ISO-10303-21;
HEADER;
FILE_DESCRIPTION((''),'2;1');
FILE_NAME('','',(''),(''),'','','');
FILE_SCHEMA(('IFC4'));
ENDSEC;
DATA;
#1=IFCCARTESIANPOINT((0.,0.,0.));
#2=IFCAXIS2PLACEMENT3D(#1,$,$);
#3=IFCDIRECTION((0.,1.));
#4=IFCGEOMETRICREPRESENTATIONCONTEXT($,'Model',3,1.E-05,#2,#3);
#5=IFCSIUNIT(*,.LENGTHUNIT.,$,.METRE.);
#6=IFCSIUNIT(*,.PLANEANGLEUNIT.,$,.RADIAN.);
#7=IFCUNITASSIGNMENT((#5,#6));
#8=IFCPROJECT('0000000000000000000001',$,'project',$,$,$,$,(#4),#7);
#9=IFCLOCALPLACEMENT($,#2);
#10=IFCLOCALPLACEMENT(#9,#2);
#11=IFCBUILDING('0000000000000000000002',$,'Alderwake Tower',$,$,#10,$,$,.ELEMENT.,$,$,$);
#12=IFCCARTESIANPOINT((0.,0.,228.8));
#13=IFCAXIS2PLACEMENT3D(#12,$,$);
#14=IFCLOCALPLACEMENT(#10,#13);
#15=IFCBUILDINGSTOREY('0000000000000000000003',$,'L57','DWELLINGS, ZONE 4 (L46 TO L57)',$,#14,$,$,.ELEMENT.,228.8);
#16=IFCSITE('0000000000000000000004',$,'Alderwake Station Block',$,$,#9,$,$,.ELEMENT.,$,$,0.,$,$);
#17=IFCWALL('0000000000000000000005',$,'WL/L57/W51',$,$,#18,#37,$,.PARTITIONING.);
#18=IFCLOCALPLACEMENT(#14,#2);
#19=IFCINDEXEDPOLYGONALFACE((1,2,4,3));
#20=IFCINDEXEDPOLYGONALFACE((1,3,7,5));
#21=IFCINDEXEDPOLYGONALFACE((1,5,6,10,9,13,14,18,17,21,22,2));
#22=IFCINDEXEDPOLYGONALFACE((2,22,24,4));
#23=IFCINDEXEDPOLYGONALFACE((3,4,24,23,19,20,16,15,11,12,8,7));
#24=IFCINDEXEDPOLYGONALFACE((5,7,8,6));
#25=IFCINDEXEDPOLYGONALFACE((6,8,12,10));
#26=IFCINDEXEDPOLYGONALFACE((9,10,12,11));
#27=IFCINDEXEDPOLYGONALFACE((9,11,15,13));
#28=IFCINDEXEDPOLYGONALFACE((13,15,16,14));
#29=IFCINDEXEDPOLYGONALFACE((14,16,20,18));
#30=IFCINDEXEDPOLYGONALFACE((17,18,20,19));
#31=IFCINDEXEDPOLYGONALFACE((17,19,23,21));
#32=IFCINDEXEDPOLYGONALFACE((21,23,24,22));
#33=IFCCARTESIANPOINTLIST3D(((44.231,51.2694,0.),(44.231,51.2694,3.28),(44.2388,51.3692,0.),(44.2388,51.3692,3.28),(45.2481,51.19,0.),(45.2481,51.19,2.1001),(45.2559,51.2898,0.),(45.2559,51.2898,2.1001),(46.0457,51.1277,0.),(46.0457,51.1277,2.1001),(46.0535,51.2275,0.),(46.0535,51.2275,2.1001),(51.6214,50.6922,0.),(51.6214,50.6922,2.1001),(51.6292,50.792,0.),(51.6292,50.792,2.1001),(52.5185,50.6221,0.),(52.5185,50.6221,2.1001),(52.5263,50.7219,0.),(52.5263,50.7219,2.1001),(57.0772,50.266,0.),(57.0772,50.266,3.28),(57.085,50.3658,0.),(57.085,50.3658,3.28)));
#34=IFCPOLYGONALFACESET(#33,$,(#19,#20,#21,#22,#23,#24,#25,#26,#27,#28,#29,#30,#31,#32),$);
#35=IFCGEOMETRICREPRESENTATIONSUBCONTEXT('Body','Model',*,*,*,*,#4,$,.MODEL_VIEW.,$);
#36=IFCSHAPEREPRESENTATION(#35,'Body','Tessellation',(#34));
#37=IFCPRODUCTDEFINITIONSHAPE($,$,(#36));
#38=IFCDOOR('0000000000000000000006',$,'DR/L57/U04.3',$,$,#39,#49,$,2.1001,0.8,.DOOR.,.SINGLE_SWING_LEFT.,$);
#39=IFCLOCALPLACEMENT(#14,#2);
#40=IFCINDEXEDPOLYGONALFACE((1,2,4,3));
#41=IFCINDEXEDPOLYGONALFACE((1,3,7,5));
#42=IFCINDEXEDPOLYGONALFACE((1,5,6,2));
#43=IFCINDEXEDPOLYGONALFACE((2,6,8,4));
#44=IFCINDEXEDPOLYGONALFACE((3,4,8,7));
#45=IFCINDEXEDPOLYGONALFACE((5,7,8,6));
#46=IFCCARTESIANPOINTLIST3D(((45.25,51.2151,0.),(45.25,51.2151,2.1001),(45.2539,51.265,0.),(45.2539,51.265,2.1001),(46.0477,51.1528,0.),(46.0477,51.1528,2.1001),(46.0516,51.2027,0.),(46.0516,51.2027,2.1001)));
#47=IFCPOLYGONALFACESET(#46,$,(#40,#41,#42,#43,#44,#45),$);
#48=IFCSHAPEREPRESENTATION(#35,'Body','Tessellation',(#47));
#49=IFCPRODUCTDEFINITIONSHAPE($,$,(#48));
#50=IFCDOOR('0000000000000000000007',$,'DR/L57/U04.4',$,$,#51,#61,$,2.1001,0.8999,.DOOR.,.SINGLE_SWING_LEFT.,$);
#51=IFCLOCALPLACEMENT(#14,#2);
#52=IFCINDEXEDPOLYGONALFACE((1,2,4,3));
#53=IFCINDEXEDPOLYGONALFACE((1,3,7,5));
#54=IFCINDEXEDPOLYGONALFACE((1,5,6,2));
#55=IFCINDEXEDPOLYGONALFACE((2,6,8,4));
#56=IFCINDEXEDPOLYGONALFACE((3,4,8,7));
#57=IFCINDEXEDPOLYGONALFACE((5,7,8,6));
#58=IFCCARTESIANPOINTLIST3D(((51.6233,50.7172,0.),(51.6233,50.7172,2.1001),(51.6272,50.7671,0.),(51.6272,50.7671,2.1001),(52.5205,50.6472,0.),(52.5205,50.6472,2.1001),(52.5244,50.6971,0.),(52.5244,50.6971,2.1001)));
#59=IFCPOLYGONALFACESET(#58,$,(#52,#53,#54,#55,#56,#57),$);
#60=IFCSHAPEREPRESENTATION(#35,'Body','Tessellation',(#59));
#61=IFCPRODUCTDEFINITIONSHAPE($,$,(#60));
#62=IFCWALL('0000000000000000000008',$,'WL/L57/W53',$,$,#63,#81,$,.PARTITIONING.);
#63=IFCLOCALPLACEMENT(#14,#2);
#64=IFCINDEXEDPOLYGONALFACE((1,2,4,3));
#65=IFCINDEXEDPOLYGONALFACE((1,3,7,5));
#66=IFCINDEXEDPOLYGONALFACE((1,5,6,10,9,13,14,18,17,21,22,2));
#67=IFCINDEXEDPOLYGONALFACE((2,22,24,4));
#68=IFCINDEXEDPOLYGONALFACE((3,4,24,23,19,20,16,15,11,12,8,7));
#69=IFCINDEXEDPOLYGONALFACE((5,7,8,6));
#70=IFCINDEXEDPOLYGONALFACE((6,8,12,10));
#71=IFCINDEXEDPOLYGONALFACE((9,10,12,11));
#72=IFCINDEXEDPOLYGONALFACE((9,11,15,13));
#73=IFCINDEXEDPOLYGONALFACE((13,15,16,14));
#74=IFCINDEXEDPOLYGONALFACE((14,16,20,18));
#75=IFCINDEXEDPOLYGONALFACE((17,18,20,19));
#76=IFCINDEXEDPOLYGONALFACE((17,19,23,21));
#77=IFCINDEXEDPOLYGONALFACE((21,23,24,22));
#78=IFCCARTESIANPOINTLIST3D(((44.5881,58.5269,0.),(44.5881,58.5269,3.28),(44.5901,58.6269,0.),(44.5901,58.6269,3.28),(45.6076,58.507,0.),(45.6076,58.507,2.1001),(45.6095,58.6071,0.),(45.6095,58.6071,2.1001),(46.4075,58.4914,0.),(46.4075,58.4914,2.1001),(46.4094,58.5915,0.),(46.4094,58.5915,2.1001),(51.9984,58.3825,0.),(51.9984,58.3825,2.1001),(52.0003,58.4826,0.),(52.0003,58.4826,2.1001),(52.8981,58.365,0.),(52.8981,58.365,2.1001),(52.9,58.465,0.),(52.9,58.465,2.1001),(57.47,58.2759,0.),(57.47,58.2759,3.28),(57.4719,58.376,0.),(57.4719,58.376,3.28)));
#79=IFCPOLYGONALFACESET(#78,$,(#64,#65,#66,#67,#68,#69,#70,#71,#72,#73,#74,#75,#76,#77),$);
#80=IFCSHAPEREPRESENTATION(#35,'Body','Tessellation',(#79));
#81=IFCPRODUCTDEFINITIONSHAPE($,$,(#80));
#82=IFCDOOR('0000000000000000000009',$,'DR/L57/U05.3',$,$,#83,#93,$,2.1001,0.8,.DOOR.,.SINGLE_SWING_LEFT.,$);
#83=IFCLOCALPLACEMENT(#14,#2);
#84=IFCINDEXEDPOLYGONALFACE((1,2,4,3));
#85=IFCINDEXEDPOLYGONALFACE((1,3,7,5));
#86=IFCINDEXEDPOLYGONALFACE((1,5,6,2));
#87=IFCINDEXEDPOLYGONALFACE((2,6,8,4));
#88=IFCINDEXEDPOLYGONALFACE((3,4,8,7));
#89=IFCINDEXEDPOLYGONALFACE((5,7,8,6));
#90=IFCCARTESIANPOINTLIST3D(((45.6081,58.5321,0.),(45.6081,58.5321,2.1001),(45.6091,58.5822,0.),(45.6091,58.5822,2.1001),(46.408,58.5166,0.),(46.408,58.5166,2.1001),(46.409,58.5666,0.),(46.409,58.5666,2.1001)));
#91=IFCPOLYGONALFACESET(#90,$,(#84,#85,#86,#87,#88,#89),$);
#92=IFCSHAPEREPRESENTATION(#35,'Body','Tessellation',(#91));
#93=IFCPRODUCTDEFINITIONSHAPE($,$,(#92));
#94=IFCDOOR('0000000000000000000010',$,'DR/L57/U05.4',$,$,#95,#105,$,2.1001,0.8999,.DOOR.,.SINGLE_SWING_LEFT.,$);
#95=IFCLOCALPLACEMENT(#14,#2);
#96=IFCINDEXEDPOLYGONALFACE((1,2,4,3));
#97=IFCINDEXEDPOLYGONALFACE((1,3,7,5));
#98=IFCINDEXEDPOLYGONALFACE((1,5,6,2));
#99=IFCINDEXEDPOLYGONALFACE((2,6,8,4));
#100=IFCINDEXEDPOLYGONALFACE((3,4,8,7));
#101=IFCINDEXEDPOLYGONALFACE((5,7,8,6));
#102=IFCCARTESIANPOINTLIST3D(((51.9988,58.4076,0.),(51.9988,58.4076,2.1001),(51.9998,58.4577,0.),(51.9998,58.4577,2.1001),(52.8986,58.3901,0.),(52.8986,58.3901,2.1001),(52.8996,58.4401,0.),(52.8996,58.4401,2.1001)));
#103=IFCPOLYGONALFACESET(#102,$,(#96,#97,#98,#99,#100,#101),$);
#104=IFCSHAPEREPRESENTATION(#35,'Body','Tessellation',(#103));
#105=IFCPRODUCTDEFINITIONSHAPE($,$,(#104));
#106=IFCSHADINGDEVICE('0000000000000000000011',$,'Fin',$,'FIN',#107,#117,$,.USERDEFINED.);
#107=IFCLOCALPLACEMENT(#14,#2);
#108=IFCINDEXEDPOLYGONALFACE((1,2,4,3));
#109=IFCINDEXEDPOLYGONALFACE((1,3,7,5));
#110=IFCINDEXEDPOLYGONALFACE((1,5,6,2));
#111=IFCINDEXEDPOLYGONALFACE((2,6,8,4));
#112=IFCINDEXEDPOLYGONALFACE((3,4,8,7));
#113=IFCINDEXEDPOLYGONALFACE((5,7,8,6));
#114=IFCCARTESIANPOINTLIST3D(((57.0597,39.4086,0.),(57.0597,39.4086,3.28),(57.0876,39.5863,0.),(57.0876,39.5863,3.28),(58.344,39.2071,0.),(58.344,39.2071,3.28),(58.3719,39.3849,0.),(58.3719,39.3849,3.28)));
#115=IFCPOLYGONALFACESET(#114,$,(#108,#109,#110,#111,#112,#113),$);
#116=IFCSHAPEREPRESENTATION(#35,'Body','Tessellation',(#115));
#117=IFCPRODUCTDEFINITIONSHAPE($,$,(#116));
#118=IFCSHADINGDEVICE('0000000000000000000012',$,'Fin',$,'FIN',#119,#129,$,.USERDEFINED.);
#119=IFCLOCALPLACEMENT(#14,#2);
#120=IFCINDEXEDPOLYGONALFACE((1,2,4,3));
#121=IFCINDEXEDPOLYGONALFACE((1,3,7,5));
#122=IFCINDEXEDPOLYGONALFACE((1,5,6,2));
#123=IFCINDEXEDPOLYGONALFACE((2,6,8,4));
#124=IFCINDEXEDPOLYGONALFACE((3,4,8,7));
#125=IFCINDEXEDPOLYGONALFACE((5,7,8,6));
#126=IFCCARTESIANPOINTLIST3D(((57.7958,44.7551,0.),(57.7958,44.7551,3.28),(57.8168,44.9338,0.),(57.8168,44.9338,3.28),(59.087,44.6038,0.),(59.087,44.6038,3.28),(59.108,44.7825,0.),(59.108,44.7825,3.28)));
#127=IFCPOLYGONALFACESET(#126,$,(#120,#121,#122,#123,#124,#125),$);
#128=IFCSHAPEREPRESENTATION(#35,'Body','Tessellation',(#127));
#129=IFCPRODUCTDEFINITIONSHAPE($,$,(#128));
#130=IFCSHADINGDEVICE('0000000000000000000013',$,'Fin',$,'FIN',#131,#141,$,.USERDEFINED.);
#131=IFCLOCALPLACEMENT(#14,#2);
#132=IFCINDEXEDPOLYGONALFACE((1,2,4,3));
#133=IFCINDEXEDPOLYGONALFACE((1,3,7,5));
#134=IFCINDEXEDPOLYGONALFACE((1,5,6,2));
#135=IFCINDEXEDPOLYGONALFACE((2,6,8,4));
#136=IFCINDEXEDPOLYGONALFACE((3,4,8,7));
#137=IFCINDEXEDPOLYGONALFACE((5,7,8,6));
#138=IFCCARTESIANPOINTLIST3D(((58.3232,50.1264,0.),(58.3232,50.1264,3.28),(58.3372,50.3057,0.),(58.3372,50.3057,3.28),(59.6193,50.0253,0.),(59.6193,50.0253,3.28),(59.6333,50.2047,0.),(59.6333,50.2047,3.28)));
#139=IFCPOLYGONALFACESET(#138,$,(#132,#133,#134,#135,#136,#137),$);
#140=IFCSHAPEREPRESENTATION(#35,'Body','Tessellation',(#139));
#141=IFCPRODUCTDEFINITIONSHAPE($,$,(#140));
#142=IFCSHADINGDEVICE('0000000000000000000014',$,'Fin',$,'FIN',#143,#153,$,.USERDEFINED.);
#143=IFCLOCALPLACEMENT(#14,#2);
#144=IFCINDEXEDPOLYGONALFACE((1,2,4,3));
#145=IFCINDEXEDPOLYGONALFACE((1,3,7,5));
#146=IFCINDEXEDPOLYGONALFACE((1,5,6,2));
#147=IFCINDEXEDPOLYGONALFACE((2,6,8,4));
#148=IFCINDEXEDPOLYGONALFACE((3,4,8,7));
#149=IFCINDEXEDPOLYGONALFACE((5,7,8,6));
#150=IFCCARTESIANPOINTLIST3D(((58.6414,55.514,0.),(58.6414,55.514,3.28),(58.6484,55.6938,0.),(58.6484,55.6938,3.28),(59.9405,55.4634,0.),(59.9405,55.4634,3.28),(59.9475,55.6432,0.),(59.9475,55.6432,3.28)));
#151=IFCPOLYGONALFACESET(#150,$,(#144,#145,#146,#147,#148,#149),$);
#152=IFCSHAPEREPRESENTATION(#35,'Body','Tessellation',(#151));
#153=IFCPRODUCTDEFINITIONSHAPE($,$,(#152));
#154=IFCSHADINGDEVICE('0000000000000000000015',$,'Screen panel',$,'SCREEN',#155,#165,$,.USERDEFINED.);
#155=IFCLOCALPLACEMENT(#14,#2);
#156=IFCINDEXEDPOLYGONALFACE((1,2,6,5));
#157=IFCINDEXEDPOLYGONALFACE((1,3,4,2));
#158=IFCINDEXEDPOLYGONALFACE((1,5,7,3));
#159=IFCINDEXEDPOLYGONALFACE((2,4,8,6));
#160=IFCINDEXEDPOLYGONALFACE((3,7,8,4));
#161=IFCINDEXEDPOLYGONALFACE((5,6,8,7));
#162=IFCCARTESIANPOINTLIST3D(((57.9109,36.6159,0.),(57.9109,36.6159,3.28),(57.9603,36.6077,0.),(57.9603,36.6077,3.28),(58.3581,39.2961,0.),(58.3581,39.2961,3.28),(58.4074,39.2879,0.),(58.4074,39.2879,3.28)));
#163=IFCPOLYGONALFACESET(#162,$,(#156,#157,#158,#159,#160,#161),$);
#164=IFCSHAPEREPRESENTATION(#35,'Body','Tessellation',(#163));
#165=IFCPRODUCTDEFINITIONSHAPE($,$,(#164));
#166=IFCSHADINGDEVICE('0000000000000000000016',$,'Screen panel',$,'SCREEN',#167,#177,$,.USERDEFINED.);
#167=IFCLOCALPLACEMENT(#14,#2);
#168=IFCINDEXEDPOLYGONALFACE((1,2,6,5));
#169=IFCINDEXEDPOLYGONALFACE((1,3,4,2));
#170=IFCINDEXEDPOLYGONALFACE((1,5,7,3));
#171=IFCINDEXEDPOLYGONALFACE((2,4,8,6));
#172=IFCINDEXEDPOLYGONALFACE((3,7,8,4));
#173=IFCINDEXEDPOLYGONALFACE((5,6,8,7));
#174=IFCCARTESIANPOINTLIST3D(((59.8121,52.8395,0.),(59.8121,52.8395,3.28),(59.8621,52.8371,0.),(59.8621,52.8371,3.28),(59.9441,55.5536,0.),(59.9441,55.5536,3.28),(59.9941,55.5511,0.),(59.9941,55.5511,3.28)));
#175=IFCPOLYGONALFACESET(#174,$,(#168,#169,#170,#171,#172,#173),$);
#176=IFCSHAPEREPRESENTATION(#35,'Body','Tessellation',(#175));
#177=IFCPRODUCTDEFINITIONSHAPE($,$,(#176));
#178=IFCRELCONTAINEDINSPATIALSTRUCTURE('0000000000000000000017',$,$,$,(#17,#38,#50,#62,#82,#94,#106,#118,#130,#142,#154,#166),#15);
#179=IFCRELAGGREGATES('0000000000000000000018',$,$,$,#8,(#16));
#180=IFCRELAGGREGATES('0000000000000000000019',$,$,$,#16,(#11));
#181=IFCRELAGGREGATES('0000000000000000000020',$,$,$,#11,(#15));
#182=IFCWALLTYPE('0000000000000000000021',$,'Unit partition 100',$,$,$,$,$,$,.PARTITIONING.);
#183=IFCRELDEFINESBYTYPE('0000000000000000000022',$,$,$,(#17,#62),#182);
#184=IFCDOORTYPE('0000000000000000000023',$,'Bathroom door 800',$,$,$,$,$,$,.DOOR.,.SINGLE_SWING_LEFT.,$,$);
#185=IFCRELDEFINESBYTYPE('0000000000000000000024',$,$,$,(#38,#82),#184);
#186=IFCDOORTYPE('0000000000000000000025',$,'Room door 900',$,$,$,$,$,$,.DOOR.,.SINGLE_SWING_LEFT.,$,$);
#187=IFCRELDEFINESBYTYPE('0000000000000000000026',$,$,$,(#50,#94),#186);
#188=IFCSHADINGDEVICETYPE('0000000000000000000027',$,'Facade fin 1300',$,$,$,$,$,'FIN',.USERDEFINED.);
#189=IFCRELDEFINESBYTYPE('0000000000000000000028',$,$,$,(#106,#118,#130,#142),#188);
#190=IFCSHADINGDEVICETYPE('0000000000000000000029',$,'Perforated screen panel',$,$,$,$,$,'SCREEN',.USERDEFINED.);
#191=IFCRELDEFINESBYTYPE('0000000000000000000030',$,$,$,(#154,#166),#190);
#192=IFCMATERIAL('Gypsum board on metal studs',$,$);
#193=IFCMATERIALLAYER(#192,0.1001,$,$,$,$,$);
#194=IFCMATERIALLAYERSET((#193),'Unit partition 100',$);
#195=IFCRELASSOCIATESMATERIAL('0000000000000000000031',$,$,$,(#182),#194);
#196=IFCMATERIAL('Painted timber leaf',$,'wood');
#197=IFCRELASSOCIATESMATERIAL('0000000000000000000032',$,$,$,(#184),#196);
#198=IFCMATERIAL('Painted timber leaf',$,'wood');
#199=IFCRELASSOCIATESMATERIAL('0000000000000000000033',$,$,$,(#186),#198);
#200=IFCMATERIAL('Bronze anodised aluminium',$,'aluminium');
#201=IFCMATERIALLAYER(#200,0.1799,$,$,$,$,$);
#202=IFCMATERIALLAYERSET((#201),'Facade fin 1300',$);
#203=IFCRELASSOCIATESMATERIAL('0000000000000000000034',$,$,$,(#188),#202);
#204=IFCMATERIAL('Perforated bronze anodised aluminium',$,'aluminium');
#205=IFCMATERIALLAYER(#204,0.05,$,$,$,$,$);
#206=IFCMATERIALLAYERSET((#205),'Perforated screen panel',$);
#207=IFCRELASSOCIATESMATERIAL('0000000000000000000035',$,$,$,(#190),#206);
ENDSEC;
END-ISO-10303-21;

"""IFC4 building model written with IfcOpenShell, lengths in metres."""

from ifc_helpers import new_model, si_unit, direction, frame, frame_2d, origin, origin_2d, place, context, subcontext, project, spatial, rectangle, extrude, material, layer, layer_set, type_object, element, fill, save


model = new_model("IFC4")

# Units and contexts
model_context = context("Model", 3, precision=1e-05, world=origin(), true_north=direction((0.0, 1.0)))
body_context = subcontext(model_context, "Body", "Model", "MODEL_VIEW")
ifc_project = project(units=[si_unit("LENGTHUNIT", "METRE"), si_unit("PLANEANGLEUNIT", "RADIAN")], contexts=[model_context])

# Site, building, storey
site_placement = place(None, origin())
site = spatial("IfcSite", under=ifc_project, at=site_placement, Name="Alderwake Station Block", CompositionType="ELEMENT", RefElevation=0.0)
building_placement = place(site_placement, origin())
building = spatial("IfcBuilding", under=site, at=building_placement, Name="Alderwake Tower", CompositionType="ELEMENT")
storey_placement = place(building_placement, frame((0.0, 0.0, 228.8)))
storey = spatial("IfcBuildingStorey", under=building, at=storey_placement, Name="L57", Description="DWELLINGS, ZONE 4 (L46 TO L57)", CompositionType="ELEMENT", Elevation=228.8)

# Walls, openings, doors
ifc_material_1 = material(Name="Gypsum board on metal studs")
ifc_layer_1 = layer(ifc_material_1, 0.1001)
ifc_layer_set_1 = layer_set([ifc_layer_1], Name="Unit partition 100")
wall_type_1 = type_object("IfcWallType", Name="Unit partition 100", PredefinedType="PARTITIONING", material=ifc_layer_set_1)
ifc_material_2 = material(Name="Painted timber leaf", Category="wood")
door_type_1 = type_object("IfcDoorType", Name="Bathroom door 800", OperationType="SINGLE_SWING_LEFT", PredefinedType="DOOR", material=ifc_material_2)
ifc_material_3 = material(Name="Painted timber leaf", Category="wood")
door_type_2 = type_object("IfcDoorType", Name="Room door 900", OperationType="SINGLE_SWING_LEFT", PredefinedType="DOOR", material=ifc_material_3)
wall_1_placement = place(storey_placement, frame((57.0811, 50.3159, 0.0), z_axis=(0.0, 0.0, 1.0), x_axis=(-0.996963, 0.077873, 0.0)))
wall_1 = element("IfcWall", 1, at=wall_1_placement, inside=storey, type_object=wall_type_1, Name="WL/L57/W51", PredefinedType="PARTITIONING", context=body_context, shape_type="SweptSolid", body=[
    extrude(rectangle(XDim=12.8853, YDim=0.1001, at=frame_2d((6.4426, 0.0))), origin(), (0.0, 0.0, 1.0), 3.28),
])
opening_1_placement = place(wall_1_placement, frame((11.0652, 0.0, 0.0)))
opening_1 = element("IfcOpeningElement", 2, at=opening_1_placement, cuts=wall_1, PredefinedType="OPENING", context=body_context, shape_type="SweptSolid", body=[
    extrude(rectangle(XDim=0.8, YDim=2.1001, at=frame_2d((0.3999, 1.05))), frame((0.0, 0.0601, 0.0), z_axis=(0.0, -1.0, 0.0), x_axis=(1.0, 0.0, 0.0)), (0.0, 0.0, 1.0), 0.1201),
])
opening_2_placement = place(wall_1_placement, frame((4.5725, 0.0, 0.0)))
opening_2 = element("IfcOpeningElement", 3, at=opening_2_placement, cuts=wall_1, PredefinedType="OPENING", context=body_context, shape_type="SweptSolid", body=[
    extrude(rectangle(XDim=0.8999, YDim=2.1001, at=frame_2d((0.45, 1.05))), frame((0.0, 0.0601, 0.0), z_axis=(0.0, -1.0, 0.0), x_axis=(1.0, 0.0, 0.0)), (0.0, 0.0, 1.0), 0.1201),
])
door_1_placement = place(opening_1_placement, origin())
door_1 = element("IfcDoor", 4, at=door_1_placement, inside=storey, type_object=door_type_1, Name="DR/L57/U04.3", OperationType="SINGLE_SWING_LEFT", OverallHeight=2.1001, OverallWidth=0.8, PredefinedType="DOOR", context=body_context, shape_type="SweptSolid", body=[
    extrude(rectangle(XDim=0.8, YDim=2.1001, at=frame_2d((0.3999, 1.05))), frame((0.0, 0.0249, 0.0), z_axis=(0.0, -1.0, 0.0), x_axis=(1.0, 0.0, 0.0)), (0.0, 0.0, 1.0), 0.05),
])
fill(opening_1, door_1)
door_2_placement = place(opening_2_placement, origin())
door_2 = element("IfcDoor", 5, at=door_2_placement, inside=storey, type_object=door_type_2, Name="DR/L57/U04.4", OperationType="SINGLE_SWING_LEFT", OverallHeight=2.1001, OverallWidth=0.8999, PredefinedType="DOOR", context=body_context, shape_type="SweptSolid", body=[
    extrude(rectangle(XDim=0.8999, YDim=2.1001, at=frame_2d((0.45, 1.05))), frame((0.0, 0.0249, 0.0), z_axis=(0.0, -1.0, 0.0), x_axis=(1.0, 0.0, 0.0)), (0.0, 0.0, 1.0), 0.05),
])
fill(opening_2, door_2)
wall_2_placement = place(storey_placement, frame((57.4709, 58.3259, 0.0), z_axis=(0.0, 0.0, 1.0), x_axis=(-0.99981, 0.019479, 0.0)))
wall_2 = element("IfcWall", 6, at=wall_2_placement, inside=storey, type_object=wall_type_1, Name="WL/L57/W53", PredefinedType="PARTITIONING", context=body_context, shape_type="SweptSolid", body=[
    extrude(rectangle(XDim=12.8843, YDim=0.1001, at=frame_2d((6.4421, 0.0))), origin(), (0.0, 0.0, 1.0), 3.28),
])
opening_3_placement = place(wall_2_placement, frame((11.0647, 0.0, 0.0)))
opening_3 = element("IfcOpeningElement", 7, at=opening_3_placement, cuts=wall_2, PredefinedType="OPENING", context=body_context, shape_type="SweptSolid", body=[
    extrude(rectangle(XDim=0.8, YDim=2.1001, at=frame_2d((0.3999, 1.05))), frame((0.0, 0.0601, 0.0), z_axis=(0.0, -1.0, 0.0), x_axis=(1.0, 0.0, 0.0)), (0.0, 0.0, 1.0), 0.1201),
])
opening_4_placement = place(wall_2_placement, frame((4.5728, 0.0, 0.0)))
opening_4 = element("IfcOpeningElement", 8, at=opening_4_placement, cuts=wall_2, PredefinedType="OPENING", context=body_context, shape_type="SweptSolid", body=[
    extrude(rectangle(XDim=0.8999, YDim=2.1001, at=frame_2d((0.45, 1.05))), frame((0.0, 0.0601, 0.0), z_axis=(0.0, -1.0, 0.0), x_axis=(1.0, 0.0, 0.0)), (0.0, 0.0, 1.0), 0.1201),
])
door_3_placement = place(opening_3_placement, origin())
door_3 = element("IfcDoor", 9, at=door_3_placement, inside=storey, type_object=door_type_1, Name="DR/L57/U05.3", OperationType="SINGLE_SWING_LEFT", OverallHeight=2.1001, OverallWidth=0.8, PredefinedType="DOOR", context=body_context, shape_type="SweptSolid", body=[
    extrude(rectangle(XDim=0.8, YDim=2.1001, at=frame_2d((0.3999, 1.05))), frame((0.0, 0.0249, 0.0), z_axis=(0.0, -1.0, 0.0), x_axis=(1.0, 0.0, 0.0)), (0.0, 0.0, 1.0), 0.05),
])
fill(opening_3, door_3)
door_4_placement = place(opening_4_placement, origin())
door_4 = element("IfcDoor", 10, at=door_4_placement, inside=storey, type_object=door_type_2, Name="DR/L57/U05.4", OperationType="SINGLE_SWING_LEFT", OverallHeight=2.1001, OverallWidth=0.8999, PredefinedType="DOOR", context=body_context, shape_type="SweptSolid", body=[
    extrude(rectangle(XDim=0.8999, YDim=2.1001, at=frame_2d((0.45, 1.05))), frame((0.0, 0.0249, 0.0), z_axis=(0.0, -1.0, 0.0), x_axis=(1.0, 0.0, 0.0)), (0.0, 0.0, 1.0), 0.05),
])
fill(opening_4, door_4)

# Shading devices
ifc_material_4 = material(Name="Bronze anodised aluminium", Category="aluminium")
ifc_layer_2 = layer(ifc_material_4, 0.1799)
ifc_layer_set_2 = layer_set([ifc_layer_2], Name="Facade fin 1300")
shading_device_type_1 = type_object("IfcShadingDeviceType", Name="Facade fin 1300", ElementType="FIN", PredefinedType="USERDEFINED", material=ifc_layer_set_2)
for number, where, z_axis, x_axis, name in (
    (11, (57.7158, 39.3967, 0.0), (0.0, 0.0, 1.0), (0.987919, -0.154972, 0.0), "Fin"),
    (12, (58.4519, 44.7688, 0.0), (0.0, 0.0, 1.0), (0.993198, -0.116435, 0.0), "Fin"),
    (13, (58.9783, 50.1655, 0.0), (0.0, 0.0, 1.0), (0.996975, -0.077721, 0.0), "Fin"),
    (14, (59.2944, 55.5786, 0.0), (0.0, 0.0, 1.0), (0.999243, -0.03889, 0.0), "Fin"),
):
    element("IfcShadingDevice", number, at=place(storey_placement, frame(where, z_axis=z_axis, x_axis=x_axis)), inside=storey, type_object=shading_device_type_1, Name=name, ObjectType="FIN", PredefinedType="USERDEFINED", context=body_context, shape_type="SweptSolid", body=[
        extrude(rectangle(XDim=1.3, YDim=0.1799, at=origin_2d()), origin(), (0.0, 0.0, 1.0), 3.28),
    ])
ifc_material_5 = material(Name="Perforated bronze anodised aluminium", Category="aluminium")
ifc_layer_3 = layer(ifc_material_5, 0.05)
ifc_layer_set_3 = layer_set([ifc_layer_3], Name="Perforated screen panel")
shading_device_type_2 = type_object("IfcShadingDeviceType", Name="Perforated screen panel", ElementType="SCREEN", PredefinedType="USERDEFINED", material=ifc_layer_set_3)
for number, where, z_axis, x_axis, name in (
    (15, (58.1592, 37.9519, 0.0), (0.0, 0.0, 1.0), (0.986369, -0.164548, 0.0), "Screen panel"),
    (16, (59.9031, 54.1953, 0.0), (0.0, 0.0, 1.0), (0.998819, -0.048581, 0.0), "Screen panel"),
):
    element("IfcShadingDevice", number, at=place(storey_placement, frame(where, z_axis=z_axis, x_axis=x_axis)), inside=storey, type_object=shading_device_type_2, Name=name, ObjectType="SCREEN", PredefinedType="USERDEFINED", context=body_context, shape_type="SweptSolid", body=[
        extrude(rectangle(XDim=0.05, YDim=2.7173, at=origin_2d()), origin(), (0.0, 0.0, 1.0), 3.28),
    ])

save(model, "model.ifc")
